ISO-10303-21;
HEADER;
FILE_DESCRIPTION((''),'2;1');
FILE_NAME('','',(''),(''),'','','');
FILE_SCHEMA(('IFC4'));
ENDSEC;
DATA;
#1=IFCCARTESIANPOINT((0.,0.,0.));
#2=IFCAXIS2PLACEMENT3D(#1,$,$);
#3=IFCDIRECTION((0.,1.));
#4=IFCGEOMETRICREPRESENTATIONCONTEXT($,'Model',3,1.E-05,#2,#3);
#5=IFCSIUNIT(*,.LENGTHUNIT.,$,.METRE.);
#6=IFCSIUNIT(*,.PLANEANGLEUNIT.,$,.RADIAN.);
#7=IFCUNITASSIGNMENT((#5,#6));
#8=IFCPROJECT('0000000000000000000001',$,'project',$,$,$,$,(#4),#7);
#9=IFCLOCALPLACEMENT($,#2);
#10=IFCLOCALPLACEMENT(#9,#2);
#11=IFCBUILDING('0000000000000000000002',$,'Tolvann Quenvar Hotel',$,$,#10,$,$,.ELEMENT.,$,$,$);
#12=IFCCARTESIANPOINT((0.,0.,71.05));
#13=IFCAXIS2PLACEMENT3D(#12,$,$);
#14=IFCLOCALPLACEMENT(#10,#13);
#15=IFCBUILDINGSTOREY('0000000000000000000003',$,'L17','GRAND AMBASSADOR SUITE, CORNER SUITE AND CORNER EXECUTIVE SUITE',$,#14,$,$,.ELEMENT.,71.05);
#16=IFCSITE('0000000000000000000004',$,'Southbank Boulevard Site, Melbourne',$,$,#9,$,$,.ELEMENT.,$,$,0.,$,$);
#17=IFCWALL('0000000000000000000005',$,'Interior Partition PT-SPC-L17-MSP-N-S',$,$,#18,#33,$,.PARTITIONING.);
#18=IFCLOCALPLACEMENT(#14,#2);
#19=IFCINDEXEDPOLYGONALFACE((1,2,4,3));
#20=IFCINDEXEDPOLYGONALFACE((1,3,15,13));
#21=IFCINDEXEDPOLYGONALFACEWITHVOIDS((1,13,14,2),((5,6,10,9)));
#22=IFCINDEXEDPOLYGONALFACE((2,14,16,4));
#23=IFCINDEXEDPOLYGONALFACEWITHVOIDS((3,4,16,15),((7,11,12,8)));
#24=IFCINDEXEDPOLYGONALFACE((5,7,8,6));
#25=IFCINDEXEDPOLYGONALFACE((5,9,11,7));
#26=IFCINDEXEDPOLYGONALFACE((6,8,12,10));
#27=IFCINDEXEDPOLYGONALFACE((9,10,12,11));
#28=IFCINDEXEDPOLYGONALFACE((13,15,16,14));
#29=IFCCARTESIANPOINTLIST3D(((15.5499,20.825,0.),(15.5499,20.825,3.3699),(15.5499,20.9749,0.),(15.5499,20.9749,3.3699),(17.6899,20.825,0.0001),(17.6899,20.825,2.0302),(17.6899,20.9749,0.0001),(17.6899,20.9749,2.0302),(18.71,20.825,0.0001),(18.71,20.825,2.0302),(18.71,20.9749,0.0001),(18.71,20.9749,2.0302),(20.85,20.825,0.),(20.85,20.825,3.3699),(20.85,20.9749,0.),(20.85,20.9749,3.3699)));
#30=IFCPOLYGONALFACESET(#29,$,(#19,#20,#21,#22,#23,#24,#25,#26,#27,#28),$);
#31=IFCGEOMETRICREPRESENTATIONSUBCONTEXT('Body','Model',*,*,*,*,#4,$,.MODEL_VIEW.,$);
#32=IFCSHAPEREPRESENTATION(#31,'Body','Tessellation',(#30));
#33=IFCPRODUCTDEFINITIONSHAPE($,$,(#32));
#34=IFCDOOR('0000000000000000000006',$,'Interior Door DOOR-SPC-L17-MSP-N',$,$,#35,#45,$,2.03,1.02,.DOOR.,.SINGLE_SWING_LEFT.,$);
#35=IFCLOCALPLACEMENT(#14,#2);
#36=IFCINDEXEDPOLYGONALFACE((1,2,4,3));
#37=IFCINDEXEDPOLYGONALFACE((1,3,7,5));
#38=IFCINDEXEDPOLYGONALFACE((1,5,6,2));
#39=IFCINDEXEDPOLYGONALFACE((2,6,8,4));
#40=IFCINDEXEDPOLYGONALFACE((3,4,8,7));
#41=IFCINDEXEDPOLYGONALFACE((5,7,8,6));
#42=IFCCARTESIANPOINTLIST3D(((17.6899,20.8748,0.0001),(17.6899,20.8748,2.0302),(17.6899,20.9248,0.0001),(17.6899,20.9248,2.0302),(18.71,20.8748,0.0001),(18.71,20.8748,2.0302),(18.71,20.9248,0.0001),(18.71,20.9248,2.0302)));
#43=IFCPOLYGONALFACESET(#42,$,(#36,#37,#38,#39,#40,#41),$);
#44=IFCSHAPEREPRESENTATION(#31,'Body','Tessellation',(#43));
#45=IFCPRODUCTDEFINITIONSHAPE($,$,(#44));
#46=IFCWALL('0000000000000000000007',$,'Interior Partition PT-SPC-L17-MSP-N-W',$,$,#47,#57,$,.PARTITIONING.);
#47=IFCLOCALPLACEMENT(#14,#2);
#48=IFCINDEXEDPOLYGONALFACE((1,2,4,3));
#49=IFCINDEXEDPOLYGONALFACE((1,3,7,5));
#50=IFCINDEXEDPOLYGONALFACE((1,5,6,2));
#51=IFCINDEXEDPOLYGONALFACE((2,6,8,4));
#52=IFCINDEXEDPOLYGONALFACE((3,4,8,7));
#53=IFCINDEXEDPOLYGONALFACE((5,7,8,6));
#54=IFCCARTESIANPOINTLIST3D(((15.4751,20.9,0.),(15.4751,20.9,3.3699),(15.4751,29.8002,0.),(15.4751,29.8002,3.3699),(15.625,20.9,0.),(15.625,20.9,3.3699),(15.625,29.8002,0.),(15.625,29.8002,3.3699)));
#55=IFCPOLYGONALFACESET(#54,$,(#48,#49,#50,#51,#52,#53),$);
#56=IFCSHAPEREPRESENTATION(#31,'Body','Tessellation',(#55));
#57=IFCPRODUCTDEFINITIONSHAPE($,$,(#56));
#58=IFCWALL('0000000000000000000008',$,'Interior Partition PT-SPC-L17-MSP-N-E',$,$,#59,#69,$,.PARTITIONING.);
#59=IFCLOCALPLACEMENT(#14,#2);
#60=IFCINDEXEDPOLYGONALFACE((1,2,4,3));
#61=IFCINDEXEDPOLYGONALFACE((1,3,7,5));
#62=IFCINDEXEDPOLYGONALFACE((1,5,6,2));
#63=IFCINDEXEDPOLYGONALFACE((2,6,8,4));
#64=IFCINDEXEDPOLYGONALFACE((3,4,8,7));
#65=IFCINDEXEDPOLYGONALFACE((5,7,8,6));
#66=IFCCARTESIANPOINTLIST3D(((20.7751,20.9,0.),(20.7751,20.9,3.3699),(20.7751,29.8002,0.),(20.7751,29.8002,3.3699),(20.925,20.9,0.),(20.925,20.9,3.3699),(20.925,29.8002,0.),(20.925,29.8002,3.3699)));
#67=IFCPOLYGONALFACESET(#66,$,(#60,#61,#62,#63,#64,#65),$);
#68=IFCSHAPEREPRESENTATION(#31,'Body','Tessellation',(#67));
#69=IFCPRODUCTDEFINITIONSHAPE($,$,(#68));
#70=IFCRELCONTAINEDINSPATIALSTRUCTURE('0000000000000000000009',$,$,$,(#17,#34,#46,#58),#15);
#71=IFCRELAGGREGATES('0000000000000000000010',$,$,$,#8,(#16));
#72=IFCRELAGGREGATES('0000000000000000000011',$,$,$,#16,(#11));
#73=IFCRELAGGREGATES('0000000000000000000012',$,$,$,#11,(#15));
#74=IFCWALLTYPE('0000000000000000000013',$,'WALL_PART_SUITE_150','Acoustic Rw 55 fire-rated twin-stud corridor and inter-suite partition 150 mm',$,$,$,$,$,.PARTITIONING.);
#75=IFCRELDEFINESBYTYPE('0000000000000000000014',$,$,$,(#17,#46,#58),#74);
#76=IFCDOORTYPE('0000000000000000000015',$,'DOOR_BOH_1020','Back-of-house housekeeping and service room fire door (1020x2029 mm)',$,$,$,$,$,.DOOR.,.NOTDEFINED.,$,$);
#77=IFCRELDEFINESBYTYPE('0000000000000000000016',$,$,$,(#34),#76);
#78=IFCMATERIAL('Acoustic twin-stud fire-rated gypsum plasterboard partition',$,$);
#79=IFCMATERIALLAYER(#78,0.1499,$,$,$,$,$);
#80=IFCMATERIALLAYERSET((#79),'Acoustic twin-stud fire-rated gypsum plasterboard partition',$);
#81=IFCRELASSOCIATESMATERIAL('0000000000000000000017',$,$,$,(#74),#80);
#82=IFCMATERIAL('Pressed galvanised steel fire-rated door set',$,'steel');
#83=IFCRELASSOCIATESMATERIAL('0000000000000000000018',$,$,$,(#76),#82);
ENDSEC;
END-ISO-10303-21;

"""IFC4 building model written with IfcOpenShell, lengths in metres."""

from ifc_helpers import new_model, si_unit, direction, frame, frame_2d, origin, place, context, subcontext, project, spatial, rectangle, extrude, source, transform, mapped, material, layer, layer_set, type_object, type_shapes, element, fill, save


model = new_model("IFC4")

# Units and contexts
model_context = context("Model", 3, precision=1e-05, world=origin(), true_north=direction((0.0, 1.0)))
body_context = subcontext(model_context, "Body", "Model", "MODEL_VIEW")
ifc_project = project(units=[si_unit("LENGTHUNIT", "METRE"), si_unit("PLANEANGLEUNIT", "RADIAN")], contexts=[model_context])

# Site, building, storey
site_placement = place(None, origin())
site = spatial("IfcSite", under=ifc_project, at=site_placement, Name="Southbank Boulevard Site, Melbourne", CompositionType="ELEMENT", RefElevation=0.0)
building_placement = place(site_placement, origin())
building = spatial("IfcBuilding", under=site, at=building_placement, Name="Tolvann Quenvar Hotel", CompositionType="ELEMENT")
storey_placement = place(building_placement, frame((0.0, 0.0, 71.05)))
storey = spatial("IfcBuildingStorey", under=building, at=storey_placement, Name="L17", Description="GRAND AMBASSADOR SUITE, CORNER SUITE AND CORNER EXECUTIVE SUITE", CompositionType="ELEMENT", Elevation=71.05)

# Shared definitions
ifc_material_1 = material(Name="Acoustic twin-stud fire-rated gypsum plasterboard partition")
ifc_layer_1 = layer(ifc_material_1, 0.1499)
ifc_layer_set_1 = layer_set([ifc_layer_1], Name="Acoustic twin-stud fire-rated gypsum plasterboard partition")
wall_type_1 = type_object("IfcWallType", Name="WALL_PART_SUITE_150", Description="Acoustic Rw 55 fire-rated twin-stud corridor and inter-suite partition 150 mm", PredefinedType="PARTITIONING", material=ifc_layer_set_1)

# Wall, opening, door
wall_1_placement = place(storey_placement, frame((15.55, 20.8999, 0.0), z_axis=(0.0, 0.0, 1.0), x_axis=(1.0, 0.0, 0.0)))
wall_1 = element("IfcWall", 1, at=wall_1_placement, inside=storey, type_object=wall_type_1, Name="Interior Partition PT-SPC-L17-MSP-N-S", PredefinedType="PARTITIONING", context=body_context, shape_type="SweptSolid", body=[
    extrude(rectangle(XDim=5.3, YDim=0.1499, at=frame_2d((2.6499, 0.0))), origin(), (0.0, 0.0, 1.0), 3.3699),
])
opening_1_placement = place(wall_1_placement, frame((2.1399, 0.0, 0.0)))
opening_1 = element("IfcOpeningElement", 2, at=opening_1_placement, cuts=wall_1, PredefinedType="OPENING", context=body_context, shape_type="SweptSolid", body=[
    extrude(rectangle(XDim=1.02, YDim=2.03, at=frame_2d((0.51, 1.0151))), frame((0.0, 0.085, 0.0), z_axis=(0.0, -1.0, 0.0), x_axis=(1.0, 0.0, 0.0)), (0.0, 0.0, 1.0), 0.1699),
])
ifc_material_2 = material(Name="Pressed galvanised steel fire-rated door set", Category="steel")
door_type_1 = type_object("IfcDoorType", Name="DOOR_BOH_1020", Description="Back-of-house housekeeping and service room fire door (1020x2029 mm)", OperationType="NOTDEFINED", PredefinedType="DOOR", material=ifc_material_2)
shared_shape_1 = source(origin(), body_context, "Body", "SweptSolid", [
    extrude(rectangle(XDim=1.02, YDim=2.03, at=frame_2d((0.51, 1.0151))), frame((0.0, 0.0249, 0.0), z_axis=(0.0, -1.0, 0.0), x_axis=(1.0, 0.0, 0.0)), (0.0, 0.0, 1.0), 0.05),
])
type_shapes(door_type_1, [shared_shape_1])
door_1_placement = place(opening_1_placement, origin())
door_1 = element("IfcDoor", 3, at=door_1_placement, inside=storey, type_object=door_type_1, Name="Interior Door DOOR-SPC-L17-MSP-N", OperationType="SINGLE_SWING_LEFT", OverallHeight=2.03, OverallWidth=1.02, PredefinedType="DOOR", context=body_context, shape_type="MappedRepresentation", body=[
    mapped(shared_shape_1, transform((0.0, 0.0, 0.0), x_axis=(1.0, 0.0, 0.0), y_axis=(0.0, 1.0, 0.0), z_axis=(0.0, 0.0, 1.0), scale=1.0)),
])
fill(opening_1, door_1)

# Walls
for number, where, z_axis, x_axis, name in (
    (4, (15.55, 20.8999, 0.0), (0.0, 0.0, 1.0), (0.0, 1.0, 0.0), "Interior Partition PT-SPC-L17-MSP-N-W"),
    (5, (20.8501, 20.8999, 0.0), (0.0, 0.0, 1.0), (0.0, 1.0, 0.0), "Interior Partition PT-SPC-L17-MSP-N-E"),
):
    element("IfcWall", number, at=place(storey_placement, frame(where, z_axis=z_axis, x_axis=x_axis)), inside=storey, type_object=wall_type_1, Name=name, PredefinedType="PARTITIONING", context=body_context, shape_type="SweptSolid", body=[
        extrude(rectangle(XDim=8.9001, YDim=0.1499, at=frame_2d((4.4502, 0.0))), origin(), (0.0, 0.0, 1.0), 3.3699),
    ])

save(model, "model.ifc")
